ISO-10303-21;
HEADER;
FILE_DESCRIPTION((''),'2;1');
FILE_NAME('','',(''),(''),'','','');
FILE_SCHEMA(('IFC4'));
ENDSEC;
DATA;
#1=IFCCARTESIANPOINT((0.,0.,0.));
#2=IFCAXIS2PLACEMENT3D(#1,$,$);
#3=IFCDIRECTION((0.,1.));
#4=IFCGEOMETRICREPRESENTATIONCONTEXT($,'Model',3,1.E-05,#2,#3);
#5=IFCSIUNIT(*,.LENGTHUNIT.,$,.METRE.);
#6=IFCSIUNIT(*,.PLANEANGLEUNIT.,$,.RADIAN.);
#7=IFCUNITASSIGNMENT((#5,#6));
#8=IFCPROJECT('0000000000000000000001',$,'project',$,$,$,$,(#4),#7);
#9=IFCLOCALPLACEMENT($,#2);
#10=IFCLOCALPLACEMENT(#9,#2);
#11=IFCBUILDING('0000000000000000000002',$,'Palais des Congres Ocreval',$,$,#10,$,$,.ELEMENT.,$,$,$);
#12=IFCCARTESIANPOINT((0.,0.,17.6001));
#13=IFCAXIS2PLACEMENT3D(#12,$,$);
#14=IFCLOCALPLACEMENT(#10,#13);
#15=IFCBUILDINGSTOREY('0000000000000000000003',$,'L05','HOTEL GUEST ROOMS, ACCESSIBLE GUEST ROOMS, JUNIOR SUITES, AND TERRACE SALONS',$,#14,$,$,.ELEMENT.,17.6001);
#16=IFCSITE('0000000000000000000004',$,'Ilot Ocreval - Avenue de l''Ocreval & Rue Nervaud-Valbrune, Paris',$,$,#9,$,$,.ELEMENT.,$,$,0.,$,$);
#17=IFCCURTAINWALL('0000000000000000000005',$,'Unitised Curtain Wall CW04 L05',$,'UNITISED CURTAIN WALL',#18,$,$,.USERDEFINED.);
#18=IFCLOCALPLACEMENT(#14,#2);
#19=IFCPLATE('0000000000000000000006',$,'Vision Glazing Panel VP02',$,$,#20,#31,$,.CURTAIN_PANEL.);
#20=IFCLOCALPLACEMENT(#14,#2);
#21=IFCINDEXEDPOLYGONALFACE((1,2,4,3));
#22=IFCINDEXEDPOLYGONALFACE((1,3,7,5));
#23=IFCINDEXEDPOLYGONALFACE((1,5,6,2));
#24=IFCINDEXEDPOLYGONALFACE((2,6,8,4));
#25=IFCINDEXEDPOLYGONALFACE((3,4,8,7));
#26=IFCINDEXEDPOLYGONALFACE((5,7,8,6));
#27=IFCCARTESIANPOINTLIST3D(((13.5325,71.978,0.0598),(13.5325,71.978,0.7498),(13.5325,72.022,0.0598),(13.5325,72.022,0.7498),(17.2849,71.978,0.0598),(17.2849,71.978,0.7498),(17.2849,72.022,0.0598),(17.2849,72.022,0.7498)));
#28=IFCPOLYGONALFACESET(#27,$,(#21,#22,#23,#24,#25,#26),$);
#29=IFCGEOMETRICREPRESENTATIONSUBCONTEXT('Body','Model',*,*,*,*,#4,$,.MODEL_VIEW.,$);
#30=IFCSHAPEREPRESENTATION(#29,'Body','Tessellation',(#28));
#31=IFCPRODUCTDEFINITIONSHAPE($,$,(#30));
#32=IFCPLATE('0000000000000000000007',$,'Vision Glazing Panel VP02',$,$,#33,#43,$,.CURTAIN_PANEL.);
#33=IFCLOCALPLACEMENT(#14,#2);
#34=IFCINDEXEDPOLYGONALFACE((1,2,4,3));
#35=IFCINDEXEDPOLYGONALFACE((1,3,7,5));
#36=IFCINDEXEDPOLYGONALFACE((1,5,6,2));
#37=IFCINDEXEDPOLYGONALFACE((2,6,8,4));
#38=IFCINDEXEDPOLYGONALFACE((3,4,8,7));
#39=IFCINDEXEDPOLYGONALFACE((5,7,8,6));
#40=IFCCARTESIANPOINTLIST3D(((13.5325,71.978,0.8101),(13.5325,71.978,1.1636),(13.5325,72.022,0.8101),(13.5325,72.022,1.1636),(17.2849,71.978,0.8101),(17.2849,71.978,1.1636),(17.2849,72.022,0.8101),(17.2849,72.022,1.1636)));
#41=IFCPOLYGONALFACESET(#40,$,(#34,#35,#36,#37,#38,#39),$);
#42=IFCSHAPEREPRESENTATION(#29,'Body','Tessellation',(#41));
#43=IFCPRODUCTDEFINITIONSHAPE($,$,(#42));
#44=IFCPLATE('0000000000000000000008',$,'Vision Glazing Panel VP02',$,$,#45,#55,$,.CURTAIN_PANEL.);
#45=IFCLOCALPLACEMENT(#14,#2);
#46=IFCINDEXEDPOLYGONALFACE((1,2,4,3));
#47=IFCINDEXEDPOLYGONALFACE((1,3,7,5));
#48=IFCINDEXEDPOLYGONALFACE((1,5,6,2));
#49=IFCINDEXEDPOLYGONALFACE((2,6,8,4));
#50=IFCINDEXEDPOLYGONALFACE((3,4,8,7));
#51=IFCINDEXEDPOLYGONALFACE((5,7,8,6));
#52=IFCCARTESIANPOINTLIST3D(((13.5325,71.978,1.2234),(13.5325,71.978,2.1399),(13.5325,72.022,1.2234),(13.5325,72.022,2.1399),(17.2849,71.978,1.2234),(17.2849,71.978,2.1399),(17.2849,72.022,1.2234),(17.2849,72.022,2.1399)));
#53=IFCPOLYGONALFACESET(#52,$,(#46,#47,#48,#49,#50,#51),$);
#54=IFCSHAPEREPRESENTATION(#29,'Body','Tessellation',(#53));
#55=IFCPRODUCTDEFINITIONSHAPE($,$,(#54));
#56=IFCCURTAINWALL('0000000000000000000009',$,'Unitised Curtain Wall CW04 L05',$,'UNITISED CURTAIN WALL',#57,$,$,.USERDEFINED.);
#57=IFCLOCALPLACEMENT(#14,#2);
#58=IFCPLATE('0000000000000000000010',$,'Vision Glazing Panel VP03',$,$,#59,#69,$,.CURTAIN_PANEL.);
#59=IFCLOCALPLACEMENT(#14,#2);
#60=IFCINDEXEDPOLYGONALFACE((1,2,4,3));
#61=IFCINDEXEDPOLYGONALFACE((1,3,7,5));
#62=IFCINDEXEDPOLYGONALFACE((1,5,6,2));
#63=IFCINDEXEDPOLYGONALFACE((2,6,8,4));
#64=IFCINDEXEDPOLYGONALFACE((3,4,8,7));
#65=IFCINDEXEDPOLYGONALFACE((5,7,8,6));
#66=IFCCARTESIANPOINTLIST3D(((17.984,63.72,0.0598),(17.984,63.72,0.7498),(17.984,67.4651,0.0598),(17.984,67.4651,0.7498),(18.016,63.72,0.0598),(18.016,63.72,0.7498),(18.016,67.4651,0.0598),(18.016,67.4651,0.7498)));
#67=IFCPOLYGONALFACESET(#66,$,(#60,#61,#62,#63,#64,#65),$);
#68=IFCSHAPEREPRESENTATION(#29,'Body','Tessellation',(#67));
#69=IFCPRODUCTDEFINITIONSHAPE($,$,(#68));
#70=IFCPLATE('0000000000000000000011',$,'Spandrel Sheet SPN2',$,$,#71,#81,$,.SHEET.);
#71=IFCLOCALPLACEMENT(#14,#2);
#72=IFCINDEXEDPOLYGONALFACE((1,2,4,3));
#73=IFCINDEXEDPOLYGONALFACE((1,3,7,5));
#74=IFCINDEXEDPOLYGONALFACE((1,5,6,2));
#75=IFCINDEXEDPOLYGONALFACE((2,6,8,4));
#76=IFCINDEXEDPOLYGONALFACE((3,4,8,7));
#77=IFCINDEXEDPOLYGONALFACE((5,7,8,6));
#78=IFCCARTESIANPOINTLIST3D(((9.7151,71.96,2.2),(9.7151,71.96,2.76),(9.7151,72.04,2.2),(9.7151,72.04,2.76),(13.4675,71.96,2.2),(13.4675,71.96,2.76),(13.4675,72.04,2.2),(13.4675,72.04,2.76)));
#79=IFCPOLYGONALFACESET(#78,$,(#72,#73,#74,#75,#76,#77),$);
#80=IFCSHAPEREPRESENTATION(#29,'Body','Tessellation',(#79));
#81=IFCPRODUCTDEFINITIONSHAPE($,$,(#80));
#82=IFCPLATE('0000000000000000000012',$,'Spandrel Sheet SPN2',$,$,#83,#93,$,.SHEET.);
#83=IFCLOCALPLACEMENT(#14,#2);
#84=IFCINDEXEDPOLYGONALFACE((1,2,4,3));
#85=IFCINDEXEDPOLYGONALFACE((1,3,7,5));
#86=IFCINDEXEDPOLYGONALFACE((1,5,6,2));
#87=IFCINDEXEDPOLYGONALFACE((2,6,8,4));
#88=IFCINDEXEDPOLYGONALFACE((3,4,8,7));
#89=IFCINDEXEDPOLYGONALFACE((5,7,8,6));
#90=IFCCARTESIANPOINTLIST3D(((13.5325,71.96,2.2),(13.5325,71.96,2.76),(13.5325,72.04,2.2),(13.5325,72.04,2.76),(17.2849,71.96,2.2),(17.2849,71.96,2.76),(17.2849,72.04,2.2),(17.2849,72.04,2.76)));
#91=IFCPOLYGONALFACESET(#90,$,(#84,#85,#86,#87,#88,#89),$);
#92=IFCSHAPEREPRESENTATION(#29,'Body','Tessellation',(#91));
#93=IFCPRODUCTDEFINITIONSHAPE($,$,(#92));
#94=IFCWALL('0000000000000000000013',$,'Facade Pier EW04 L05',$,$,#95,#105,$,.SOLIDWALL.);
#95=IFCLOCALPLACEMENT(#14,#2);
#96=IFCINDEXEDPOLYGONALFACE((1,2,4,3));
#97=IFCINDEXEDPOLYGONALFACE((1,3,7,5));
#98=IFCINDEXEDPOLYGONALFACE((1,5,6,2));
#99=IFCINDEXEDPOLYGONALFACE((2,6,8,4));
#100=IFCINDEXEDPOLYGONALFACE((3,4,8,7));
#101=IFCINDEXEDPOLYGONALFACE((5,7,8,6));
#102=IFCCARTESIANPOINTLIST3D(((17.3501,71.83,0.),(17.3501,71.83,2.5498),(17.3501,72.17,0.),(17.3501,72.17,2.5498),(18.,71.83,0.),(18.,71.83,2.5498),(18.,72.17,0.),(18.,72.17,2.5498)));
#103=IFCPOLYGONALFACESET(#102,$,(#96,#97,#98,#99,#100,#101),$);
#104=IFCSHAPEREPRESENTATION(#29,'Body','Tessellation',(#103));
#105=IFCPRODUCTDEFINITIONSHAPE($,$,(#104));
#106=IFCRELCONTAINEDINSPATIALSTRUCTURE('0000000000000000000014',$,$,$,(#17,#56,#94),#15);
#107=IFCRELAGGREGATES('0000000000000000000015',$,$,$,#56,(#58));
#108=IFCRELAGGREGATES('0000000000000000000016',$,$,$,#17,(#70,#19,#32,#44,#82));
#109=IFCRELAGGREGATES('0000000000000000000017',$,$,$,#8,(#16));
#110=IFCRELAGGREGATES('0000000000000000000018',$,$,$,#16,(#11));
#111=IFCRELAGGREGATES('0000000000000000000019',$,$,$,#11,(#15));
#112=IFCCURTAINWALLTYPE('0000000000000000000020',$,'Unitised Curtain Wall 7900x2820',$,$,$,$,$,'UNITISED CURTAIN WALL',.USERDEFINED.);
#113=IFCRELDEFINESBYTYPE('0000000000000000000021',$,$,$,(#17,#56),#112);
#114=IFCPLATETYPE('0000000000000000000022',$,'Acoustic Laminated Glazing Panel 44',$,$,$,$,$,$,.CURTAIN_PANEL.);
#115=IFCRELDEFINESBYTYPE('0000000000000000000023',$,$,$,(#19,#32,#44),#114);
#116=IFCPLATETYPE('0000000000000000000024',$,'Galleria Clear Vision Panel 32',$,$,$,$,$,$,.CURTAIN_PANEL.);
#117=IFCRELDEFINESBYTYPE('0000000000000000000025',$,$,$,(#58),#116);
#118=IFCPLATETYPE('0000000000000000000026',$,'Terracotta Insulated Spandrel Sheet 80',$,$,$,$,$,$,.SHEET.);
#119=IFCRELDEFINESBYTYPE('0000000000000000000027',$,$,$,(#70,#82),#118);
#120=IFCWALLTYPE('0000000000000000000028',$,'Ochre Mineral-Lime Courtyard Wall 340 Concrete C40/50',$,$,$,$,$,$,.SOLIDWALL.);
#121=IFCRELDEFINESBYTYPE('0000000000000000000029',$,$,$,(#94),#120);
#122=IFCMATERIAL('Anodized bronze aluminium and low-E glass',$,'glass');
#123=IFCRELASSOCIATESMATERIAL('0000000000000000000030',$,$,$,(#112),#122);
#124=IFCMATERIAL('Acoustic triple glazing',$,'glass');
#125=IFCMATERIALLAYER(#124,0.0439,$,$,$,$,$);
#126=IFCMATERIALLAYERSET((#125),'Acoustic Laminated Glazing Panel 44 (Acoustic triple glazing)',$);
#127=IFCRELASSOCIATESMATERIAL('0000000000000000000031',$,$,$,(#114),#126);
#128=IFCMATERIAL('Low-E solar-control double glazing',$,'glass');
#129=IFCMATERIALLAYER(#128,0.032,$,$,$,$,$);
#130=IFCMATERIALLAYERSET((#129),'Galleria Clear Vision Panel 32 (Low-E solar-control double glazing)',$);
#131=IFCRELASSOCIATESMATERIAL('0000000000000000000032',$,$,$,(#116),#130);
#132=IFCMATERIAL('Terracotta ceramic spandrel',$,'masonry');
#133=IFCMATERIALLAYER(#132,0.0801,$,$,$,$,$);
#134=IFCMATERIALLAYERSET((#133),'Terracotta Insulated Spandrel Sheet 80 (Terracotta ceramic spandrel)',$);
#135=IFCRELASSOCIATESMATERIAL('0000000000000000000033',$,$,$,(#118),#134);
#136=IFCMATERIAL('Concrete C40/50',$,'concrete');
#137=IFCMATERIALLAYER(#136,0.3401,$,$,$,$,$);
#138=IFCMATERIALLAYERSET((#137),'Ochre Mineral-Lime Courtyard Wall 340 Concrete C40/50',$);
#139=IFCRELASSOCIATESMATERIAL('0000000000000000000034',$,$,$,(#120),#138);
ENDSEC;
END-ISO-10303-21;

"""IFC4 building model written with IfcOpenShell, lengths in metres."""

from ifc_helpers import new_model, si_unit, direction, frame, frame_2d, origin, origin_2d, place, context, subcontext, project, spatial, rectangle, extrude, material, layer, layer_set, type_object, element, aggregate, save


model = new_model("IFC4")

# Units and contexts
model_context = context("Model", 3, precision=1e-05, world=origin(), true_north=direction((0.0, 1.0)))
body_context = subcontext(model_context, "Body", "Model", "MODEL_VIEW")
ifc_project = project(units=[si_unit("LENGTHUNIT", "METRE"), si_unit("PLANEANGLEUNIT", "RADIAN")], contexts=[model_context])

# Site, building, storey
site_placement = place(None, origin())
site = spatial("IfcSite", under=ifc_project, at=site_placement, Name="Ilot Ocreval - Avenue de l'Ocreval & Rue Nervaud-Valbrune, Paris", CompositionType="ELEMENT", RefElevation=0.0)
building_placement = place(site_placement, origin())
building = spatial("IfcBuilding", under=site, at=building_placement, Name="Palais des Congres Ocreval", CompositionType="ELEMENT")
storey_placement = place(building_placement, frame((0.0, 0.0, 17.6001)))
storey = spatial("IfcBuildingStorey", under=building, at=storey_placement, Name="L05", Description="HOTEL GUEST ROOMS, ACCESSIBLE GUEST ROOMS, JUNIOR SUITES, AND TERRACE SALONS", CompositionType="ELEMENT", Elevation=17.6001)

# Curtain wall, plates
ifc_material_1 = material(Name="Anodized bronze aluminium and low-E glass", Category="glass")
curtain_wall_type = type_object("IfcCurtainWallType", Name="Unitised Curtain Wall 7900x2820", ElementType="UNITISED CURTAIN WALL", PredefinedType="USERDEFINED", material=ifc_material_1)
curtain_wall_1_placement = place(storey_placement, origin())
curtain_wall_1 = element("IfcCurtainWall", 1, at=curtain_wall_1_placement, inside=storey, type_object=curtain_wall_type, Name="Unitised Curtain Wall CW04 L05", ObjectType="UNITISED CURTAIN WALL", PredefinedType="USERDEFINED")
ifc_material_2 = material(Name="Acoustic triple glazing", Category="glass")
ifc_layer_1 = layer(ifc_material_2, 0.0439)
ifc_layer_set_1 = layer_set([ifc_layer_1], Name="Acoustic Laminated Glazing Panel 44 (Acoustic triple glazing)")
plate_type_1 = type_object("IfcPlateType", Name="Acoustic Laminated Glazing Panel 44", PredefinedType="CURTAIN_PANEL", material=ifc_layer_set_1)
plate_1_placement = place(storey_placement, frame((15.4087, 72.0, 0.0598), z_axis=(0.0, 0.0, 1.0), x_axis=(1.0, 0.0, 0.0)))
plate_1 = element("IfcPlate", 2, at=plate_1_placement, type_object=plate_type_1, Name="Vision Glazing Panel VP02", PredefinedType="CURTAIN_PANEL", context=body_context, shape_type="SweptSolid", body=[
    extrude(rectangle(XDim=3.7524, YDim=0.0439, at=origin_2d()), origin(), (0.0, 0.0, 1.0), 0.6899),
])
plate_2_placement = place(storey_placement, frame((15.4087, 72.0, 0.8101), z_axis=(0.0, 0.0, 1.0), x_axis=(1.0, 0.0, 0.0)))
plate_2 = element("IfcPlate", 3, at=plate_2_placement, type_object=plate_type_1, Name="Vision Glazing Panel VP02", PredefinedType="CURTAIN_PANEL", context=body_context, shape_type="SweptSolid", body=[
    extrude(rectangle(XDim=3.7524, YDim=0.0439, at=origin_2d()), origin(), (0.0, 0.0, 1.0), 0.3535),
])
plate_3_placement = place(storey_placement, frame((15.4087, 72.0, 1.2234), z_axis=(0.0, 0.0, 1.0), x_axis=(1.0, 0.0, 0.0)))
plate_3 = element("IfcPlate", 4, at=plate_3_placement, type_object=plate_type_1, Name="Vision Glazing Panel VP02", PredefinedType="CURTAIN_PANEL", context=body_context, shape_type="SweptSolid", body=[
    extrude(rectangle(XDim=3.7524, YDim=0.0439, at=origin_2d()), origin(), (0.0, 0.0, 1.0), 0.9165),
])

# Curtain wall, plate
curtain_wall_2_placement = place(storey_placement, origin())
curtain_wall_2 = element("IfcCurtainWall", 5, at=curtain_wall_2_placement, inside=storey, type_object=curtain_wall_type, Name="Unitised Curtain Wall CW04 L05", ObjectType="UNITISED CURTAIN WALL", PredefinedType="USERDEFINED")
ifc_material_3 = material(Name="Low-E solar-control double glazing", Category="glass")
ifc_layer_2 = layer(ifc_material_3, 0.032)
ifc_layer_set_2 = layer_set([ifc_layer_2], Name="Galleria Clear Vision Panel 32 (Low-E solar-control double glazing)")
plate_type_2 = type_object("IfcPlateType", Name="Galleria Clear Vision Panel 32", PredefinedType="CURTAIN_PANEL", material=ifc_layer_set_2)
plate_4_placement = place(storey_placement, frame((18.0, 65.5925, 0.0598), z_axis=(0.0, 0.0, 1.0), x_axis=(0.0, -1.0, 0.0)))
plate_4 = element("IfcPlate", 6, at=plate_4_placement, type_object=plate_type_2, Name="Vision Glazing Panel VP03", PredefinedType="CURTAIN_PANEL", context=body_context, shape_type="SweptSolid", body=[
    extrude(rectangle(XDim=3.7451, YDim=0.032, at=origin_2d()), origin(), (0.0, 0.0, 1.0), 0.6899),
])
aggregate(curtain_wall_2, [plate_4])

# Plates
ifc_material_4 = material(Name="Terracotta ceramic spandrel", Category="masonry")
ifc_layer_3 = layer(ifc_material_4, 0.0801)
ifc_layer_set_3 = layer_set([ifc_layer_3], Name="Terracotta Insulated Spandrel Sheet 80 (Terracotta ceramic spandrel)")
plate_type_3 = type_object("IfcPlateType", Name="Terracotta Insulated Spandrel Sheet 80", PredefinedType="SHEET", material=ifc_layer_set_3)
plate_5_placement = place(storey_placement, frame((11.5913, 72.0, 2.2), z_axis=(0.0, 0.0, 1.0), x_axis=(1.0, 0.0, 0.0)))
plate_5 = element("IfcPlate", 7, at=plate_5_placement, type_object=plate_type_3, Name="Spandrel Sheet SPN2", PredefinedType="SHEET", context=body_context, shape_type="SweptSolid", body=[
    extrude(rectangle(XDim=3.7524, YDim=0.0801, at=origin_2d()), origin(), (0.0, 0.0, 1.0), 0.5601),
])
plate_6_placement = place(storey_placement, frame((15.4087, 72.0, 2.2), z_axis=(0.0, 0.0, 1.0), x_axis=(1.0, 0.0, 0.0)))
plate_6 = element("IfcPlate", 8, at=plate_6_placement, type_object=plate_type_3, Name="Spandrel Sheet SPN2", PredefinedType="SHEET", context=body_context, shape_type="SweptSolid", body=[
    extrude(rectangle(XDim=3.7524, YDim=0.0801, at=origin_2d()), origin(), (0.0, 0.0, 1.0), 0.5601),
])
aggregate(curtain_wall_1, [plate_5, plate_1, plate_2, plate_3, plate_6])

# Wall
ifc_material_5 = material(Name="Concrete C40/50", Category="concrete")
ifc_layer_4 = layer(ifc_material_5, 0.3401)
ifc_layer_set_4 = layer_set([ifc_layer_4], Name="Ochre Mineral-Lime Courtyard Wall 340 Concrete C40/50")
wall_type = type_object("IfcWallType", Name="Ochre Mineral-Lime Courtyard Wall 340 Concrete C40/50", PredefinedType="SOLIDWALL", material=ifc_layer_set_4)
wall_placement = place(storey_placement, frame((17.3501, 72.0, 0.0), z_axis=(0.0, 0.0, 1.0), x_axis=(1.0, 0.0, 0.0)))
element("IfcWall", 9, at=wall_placement, inside=storey, type_object=wall_type, Name="Facade Pier EW04 L05", PredefinedType="SOLIDWALL", context=body_context, shape_type="SweptSolid", body=[
    extrude(rectangle(XDim=0.6499, YDim=0.3401, at=frame_2d((0.325, 0.0))), origin(), (0.0, 0.0, 1.0), 2.5498),
])

save(model, "model.ifc")
